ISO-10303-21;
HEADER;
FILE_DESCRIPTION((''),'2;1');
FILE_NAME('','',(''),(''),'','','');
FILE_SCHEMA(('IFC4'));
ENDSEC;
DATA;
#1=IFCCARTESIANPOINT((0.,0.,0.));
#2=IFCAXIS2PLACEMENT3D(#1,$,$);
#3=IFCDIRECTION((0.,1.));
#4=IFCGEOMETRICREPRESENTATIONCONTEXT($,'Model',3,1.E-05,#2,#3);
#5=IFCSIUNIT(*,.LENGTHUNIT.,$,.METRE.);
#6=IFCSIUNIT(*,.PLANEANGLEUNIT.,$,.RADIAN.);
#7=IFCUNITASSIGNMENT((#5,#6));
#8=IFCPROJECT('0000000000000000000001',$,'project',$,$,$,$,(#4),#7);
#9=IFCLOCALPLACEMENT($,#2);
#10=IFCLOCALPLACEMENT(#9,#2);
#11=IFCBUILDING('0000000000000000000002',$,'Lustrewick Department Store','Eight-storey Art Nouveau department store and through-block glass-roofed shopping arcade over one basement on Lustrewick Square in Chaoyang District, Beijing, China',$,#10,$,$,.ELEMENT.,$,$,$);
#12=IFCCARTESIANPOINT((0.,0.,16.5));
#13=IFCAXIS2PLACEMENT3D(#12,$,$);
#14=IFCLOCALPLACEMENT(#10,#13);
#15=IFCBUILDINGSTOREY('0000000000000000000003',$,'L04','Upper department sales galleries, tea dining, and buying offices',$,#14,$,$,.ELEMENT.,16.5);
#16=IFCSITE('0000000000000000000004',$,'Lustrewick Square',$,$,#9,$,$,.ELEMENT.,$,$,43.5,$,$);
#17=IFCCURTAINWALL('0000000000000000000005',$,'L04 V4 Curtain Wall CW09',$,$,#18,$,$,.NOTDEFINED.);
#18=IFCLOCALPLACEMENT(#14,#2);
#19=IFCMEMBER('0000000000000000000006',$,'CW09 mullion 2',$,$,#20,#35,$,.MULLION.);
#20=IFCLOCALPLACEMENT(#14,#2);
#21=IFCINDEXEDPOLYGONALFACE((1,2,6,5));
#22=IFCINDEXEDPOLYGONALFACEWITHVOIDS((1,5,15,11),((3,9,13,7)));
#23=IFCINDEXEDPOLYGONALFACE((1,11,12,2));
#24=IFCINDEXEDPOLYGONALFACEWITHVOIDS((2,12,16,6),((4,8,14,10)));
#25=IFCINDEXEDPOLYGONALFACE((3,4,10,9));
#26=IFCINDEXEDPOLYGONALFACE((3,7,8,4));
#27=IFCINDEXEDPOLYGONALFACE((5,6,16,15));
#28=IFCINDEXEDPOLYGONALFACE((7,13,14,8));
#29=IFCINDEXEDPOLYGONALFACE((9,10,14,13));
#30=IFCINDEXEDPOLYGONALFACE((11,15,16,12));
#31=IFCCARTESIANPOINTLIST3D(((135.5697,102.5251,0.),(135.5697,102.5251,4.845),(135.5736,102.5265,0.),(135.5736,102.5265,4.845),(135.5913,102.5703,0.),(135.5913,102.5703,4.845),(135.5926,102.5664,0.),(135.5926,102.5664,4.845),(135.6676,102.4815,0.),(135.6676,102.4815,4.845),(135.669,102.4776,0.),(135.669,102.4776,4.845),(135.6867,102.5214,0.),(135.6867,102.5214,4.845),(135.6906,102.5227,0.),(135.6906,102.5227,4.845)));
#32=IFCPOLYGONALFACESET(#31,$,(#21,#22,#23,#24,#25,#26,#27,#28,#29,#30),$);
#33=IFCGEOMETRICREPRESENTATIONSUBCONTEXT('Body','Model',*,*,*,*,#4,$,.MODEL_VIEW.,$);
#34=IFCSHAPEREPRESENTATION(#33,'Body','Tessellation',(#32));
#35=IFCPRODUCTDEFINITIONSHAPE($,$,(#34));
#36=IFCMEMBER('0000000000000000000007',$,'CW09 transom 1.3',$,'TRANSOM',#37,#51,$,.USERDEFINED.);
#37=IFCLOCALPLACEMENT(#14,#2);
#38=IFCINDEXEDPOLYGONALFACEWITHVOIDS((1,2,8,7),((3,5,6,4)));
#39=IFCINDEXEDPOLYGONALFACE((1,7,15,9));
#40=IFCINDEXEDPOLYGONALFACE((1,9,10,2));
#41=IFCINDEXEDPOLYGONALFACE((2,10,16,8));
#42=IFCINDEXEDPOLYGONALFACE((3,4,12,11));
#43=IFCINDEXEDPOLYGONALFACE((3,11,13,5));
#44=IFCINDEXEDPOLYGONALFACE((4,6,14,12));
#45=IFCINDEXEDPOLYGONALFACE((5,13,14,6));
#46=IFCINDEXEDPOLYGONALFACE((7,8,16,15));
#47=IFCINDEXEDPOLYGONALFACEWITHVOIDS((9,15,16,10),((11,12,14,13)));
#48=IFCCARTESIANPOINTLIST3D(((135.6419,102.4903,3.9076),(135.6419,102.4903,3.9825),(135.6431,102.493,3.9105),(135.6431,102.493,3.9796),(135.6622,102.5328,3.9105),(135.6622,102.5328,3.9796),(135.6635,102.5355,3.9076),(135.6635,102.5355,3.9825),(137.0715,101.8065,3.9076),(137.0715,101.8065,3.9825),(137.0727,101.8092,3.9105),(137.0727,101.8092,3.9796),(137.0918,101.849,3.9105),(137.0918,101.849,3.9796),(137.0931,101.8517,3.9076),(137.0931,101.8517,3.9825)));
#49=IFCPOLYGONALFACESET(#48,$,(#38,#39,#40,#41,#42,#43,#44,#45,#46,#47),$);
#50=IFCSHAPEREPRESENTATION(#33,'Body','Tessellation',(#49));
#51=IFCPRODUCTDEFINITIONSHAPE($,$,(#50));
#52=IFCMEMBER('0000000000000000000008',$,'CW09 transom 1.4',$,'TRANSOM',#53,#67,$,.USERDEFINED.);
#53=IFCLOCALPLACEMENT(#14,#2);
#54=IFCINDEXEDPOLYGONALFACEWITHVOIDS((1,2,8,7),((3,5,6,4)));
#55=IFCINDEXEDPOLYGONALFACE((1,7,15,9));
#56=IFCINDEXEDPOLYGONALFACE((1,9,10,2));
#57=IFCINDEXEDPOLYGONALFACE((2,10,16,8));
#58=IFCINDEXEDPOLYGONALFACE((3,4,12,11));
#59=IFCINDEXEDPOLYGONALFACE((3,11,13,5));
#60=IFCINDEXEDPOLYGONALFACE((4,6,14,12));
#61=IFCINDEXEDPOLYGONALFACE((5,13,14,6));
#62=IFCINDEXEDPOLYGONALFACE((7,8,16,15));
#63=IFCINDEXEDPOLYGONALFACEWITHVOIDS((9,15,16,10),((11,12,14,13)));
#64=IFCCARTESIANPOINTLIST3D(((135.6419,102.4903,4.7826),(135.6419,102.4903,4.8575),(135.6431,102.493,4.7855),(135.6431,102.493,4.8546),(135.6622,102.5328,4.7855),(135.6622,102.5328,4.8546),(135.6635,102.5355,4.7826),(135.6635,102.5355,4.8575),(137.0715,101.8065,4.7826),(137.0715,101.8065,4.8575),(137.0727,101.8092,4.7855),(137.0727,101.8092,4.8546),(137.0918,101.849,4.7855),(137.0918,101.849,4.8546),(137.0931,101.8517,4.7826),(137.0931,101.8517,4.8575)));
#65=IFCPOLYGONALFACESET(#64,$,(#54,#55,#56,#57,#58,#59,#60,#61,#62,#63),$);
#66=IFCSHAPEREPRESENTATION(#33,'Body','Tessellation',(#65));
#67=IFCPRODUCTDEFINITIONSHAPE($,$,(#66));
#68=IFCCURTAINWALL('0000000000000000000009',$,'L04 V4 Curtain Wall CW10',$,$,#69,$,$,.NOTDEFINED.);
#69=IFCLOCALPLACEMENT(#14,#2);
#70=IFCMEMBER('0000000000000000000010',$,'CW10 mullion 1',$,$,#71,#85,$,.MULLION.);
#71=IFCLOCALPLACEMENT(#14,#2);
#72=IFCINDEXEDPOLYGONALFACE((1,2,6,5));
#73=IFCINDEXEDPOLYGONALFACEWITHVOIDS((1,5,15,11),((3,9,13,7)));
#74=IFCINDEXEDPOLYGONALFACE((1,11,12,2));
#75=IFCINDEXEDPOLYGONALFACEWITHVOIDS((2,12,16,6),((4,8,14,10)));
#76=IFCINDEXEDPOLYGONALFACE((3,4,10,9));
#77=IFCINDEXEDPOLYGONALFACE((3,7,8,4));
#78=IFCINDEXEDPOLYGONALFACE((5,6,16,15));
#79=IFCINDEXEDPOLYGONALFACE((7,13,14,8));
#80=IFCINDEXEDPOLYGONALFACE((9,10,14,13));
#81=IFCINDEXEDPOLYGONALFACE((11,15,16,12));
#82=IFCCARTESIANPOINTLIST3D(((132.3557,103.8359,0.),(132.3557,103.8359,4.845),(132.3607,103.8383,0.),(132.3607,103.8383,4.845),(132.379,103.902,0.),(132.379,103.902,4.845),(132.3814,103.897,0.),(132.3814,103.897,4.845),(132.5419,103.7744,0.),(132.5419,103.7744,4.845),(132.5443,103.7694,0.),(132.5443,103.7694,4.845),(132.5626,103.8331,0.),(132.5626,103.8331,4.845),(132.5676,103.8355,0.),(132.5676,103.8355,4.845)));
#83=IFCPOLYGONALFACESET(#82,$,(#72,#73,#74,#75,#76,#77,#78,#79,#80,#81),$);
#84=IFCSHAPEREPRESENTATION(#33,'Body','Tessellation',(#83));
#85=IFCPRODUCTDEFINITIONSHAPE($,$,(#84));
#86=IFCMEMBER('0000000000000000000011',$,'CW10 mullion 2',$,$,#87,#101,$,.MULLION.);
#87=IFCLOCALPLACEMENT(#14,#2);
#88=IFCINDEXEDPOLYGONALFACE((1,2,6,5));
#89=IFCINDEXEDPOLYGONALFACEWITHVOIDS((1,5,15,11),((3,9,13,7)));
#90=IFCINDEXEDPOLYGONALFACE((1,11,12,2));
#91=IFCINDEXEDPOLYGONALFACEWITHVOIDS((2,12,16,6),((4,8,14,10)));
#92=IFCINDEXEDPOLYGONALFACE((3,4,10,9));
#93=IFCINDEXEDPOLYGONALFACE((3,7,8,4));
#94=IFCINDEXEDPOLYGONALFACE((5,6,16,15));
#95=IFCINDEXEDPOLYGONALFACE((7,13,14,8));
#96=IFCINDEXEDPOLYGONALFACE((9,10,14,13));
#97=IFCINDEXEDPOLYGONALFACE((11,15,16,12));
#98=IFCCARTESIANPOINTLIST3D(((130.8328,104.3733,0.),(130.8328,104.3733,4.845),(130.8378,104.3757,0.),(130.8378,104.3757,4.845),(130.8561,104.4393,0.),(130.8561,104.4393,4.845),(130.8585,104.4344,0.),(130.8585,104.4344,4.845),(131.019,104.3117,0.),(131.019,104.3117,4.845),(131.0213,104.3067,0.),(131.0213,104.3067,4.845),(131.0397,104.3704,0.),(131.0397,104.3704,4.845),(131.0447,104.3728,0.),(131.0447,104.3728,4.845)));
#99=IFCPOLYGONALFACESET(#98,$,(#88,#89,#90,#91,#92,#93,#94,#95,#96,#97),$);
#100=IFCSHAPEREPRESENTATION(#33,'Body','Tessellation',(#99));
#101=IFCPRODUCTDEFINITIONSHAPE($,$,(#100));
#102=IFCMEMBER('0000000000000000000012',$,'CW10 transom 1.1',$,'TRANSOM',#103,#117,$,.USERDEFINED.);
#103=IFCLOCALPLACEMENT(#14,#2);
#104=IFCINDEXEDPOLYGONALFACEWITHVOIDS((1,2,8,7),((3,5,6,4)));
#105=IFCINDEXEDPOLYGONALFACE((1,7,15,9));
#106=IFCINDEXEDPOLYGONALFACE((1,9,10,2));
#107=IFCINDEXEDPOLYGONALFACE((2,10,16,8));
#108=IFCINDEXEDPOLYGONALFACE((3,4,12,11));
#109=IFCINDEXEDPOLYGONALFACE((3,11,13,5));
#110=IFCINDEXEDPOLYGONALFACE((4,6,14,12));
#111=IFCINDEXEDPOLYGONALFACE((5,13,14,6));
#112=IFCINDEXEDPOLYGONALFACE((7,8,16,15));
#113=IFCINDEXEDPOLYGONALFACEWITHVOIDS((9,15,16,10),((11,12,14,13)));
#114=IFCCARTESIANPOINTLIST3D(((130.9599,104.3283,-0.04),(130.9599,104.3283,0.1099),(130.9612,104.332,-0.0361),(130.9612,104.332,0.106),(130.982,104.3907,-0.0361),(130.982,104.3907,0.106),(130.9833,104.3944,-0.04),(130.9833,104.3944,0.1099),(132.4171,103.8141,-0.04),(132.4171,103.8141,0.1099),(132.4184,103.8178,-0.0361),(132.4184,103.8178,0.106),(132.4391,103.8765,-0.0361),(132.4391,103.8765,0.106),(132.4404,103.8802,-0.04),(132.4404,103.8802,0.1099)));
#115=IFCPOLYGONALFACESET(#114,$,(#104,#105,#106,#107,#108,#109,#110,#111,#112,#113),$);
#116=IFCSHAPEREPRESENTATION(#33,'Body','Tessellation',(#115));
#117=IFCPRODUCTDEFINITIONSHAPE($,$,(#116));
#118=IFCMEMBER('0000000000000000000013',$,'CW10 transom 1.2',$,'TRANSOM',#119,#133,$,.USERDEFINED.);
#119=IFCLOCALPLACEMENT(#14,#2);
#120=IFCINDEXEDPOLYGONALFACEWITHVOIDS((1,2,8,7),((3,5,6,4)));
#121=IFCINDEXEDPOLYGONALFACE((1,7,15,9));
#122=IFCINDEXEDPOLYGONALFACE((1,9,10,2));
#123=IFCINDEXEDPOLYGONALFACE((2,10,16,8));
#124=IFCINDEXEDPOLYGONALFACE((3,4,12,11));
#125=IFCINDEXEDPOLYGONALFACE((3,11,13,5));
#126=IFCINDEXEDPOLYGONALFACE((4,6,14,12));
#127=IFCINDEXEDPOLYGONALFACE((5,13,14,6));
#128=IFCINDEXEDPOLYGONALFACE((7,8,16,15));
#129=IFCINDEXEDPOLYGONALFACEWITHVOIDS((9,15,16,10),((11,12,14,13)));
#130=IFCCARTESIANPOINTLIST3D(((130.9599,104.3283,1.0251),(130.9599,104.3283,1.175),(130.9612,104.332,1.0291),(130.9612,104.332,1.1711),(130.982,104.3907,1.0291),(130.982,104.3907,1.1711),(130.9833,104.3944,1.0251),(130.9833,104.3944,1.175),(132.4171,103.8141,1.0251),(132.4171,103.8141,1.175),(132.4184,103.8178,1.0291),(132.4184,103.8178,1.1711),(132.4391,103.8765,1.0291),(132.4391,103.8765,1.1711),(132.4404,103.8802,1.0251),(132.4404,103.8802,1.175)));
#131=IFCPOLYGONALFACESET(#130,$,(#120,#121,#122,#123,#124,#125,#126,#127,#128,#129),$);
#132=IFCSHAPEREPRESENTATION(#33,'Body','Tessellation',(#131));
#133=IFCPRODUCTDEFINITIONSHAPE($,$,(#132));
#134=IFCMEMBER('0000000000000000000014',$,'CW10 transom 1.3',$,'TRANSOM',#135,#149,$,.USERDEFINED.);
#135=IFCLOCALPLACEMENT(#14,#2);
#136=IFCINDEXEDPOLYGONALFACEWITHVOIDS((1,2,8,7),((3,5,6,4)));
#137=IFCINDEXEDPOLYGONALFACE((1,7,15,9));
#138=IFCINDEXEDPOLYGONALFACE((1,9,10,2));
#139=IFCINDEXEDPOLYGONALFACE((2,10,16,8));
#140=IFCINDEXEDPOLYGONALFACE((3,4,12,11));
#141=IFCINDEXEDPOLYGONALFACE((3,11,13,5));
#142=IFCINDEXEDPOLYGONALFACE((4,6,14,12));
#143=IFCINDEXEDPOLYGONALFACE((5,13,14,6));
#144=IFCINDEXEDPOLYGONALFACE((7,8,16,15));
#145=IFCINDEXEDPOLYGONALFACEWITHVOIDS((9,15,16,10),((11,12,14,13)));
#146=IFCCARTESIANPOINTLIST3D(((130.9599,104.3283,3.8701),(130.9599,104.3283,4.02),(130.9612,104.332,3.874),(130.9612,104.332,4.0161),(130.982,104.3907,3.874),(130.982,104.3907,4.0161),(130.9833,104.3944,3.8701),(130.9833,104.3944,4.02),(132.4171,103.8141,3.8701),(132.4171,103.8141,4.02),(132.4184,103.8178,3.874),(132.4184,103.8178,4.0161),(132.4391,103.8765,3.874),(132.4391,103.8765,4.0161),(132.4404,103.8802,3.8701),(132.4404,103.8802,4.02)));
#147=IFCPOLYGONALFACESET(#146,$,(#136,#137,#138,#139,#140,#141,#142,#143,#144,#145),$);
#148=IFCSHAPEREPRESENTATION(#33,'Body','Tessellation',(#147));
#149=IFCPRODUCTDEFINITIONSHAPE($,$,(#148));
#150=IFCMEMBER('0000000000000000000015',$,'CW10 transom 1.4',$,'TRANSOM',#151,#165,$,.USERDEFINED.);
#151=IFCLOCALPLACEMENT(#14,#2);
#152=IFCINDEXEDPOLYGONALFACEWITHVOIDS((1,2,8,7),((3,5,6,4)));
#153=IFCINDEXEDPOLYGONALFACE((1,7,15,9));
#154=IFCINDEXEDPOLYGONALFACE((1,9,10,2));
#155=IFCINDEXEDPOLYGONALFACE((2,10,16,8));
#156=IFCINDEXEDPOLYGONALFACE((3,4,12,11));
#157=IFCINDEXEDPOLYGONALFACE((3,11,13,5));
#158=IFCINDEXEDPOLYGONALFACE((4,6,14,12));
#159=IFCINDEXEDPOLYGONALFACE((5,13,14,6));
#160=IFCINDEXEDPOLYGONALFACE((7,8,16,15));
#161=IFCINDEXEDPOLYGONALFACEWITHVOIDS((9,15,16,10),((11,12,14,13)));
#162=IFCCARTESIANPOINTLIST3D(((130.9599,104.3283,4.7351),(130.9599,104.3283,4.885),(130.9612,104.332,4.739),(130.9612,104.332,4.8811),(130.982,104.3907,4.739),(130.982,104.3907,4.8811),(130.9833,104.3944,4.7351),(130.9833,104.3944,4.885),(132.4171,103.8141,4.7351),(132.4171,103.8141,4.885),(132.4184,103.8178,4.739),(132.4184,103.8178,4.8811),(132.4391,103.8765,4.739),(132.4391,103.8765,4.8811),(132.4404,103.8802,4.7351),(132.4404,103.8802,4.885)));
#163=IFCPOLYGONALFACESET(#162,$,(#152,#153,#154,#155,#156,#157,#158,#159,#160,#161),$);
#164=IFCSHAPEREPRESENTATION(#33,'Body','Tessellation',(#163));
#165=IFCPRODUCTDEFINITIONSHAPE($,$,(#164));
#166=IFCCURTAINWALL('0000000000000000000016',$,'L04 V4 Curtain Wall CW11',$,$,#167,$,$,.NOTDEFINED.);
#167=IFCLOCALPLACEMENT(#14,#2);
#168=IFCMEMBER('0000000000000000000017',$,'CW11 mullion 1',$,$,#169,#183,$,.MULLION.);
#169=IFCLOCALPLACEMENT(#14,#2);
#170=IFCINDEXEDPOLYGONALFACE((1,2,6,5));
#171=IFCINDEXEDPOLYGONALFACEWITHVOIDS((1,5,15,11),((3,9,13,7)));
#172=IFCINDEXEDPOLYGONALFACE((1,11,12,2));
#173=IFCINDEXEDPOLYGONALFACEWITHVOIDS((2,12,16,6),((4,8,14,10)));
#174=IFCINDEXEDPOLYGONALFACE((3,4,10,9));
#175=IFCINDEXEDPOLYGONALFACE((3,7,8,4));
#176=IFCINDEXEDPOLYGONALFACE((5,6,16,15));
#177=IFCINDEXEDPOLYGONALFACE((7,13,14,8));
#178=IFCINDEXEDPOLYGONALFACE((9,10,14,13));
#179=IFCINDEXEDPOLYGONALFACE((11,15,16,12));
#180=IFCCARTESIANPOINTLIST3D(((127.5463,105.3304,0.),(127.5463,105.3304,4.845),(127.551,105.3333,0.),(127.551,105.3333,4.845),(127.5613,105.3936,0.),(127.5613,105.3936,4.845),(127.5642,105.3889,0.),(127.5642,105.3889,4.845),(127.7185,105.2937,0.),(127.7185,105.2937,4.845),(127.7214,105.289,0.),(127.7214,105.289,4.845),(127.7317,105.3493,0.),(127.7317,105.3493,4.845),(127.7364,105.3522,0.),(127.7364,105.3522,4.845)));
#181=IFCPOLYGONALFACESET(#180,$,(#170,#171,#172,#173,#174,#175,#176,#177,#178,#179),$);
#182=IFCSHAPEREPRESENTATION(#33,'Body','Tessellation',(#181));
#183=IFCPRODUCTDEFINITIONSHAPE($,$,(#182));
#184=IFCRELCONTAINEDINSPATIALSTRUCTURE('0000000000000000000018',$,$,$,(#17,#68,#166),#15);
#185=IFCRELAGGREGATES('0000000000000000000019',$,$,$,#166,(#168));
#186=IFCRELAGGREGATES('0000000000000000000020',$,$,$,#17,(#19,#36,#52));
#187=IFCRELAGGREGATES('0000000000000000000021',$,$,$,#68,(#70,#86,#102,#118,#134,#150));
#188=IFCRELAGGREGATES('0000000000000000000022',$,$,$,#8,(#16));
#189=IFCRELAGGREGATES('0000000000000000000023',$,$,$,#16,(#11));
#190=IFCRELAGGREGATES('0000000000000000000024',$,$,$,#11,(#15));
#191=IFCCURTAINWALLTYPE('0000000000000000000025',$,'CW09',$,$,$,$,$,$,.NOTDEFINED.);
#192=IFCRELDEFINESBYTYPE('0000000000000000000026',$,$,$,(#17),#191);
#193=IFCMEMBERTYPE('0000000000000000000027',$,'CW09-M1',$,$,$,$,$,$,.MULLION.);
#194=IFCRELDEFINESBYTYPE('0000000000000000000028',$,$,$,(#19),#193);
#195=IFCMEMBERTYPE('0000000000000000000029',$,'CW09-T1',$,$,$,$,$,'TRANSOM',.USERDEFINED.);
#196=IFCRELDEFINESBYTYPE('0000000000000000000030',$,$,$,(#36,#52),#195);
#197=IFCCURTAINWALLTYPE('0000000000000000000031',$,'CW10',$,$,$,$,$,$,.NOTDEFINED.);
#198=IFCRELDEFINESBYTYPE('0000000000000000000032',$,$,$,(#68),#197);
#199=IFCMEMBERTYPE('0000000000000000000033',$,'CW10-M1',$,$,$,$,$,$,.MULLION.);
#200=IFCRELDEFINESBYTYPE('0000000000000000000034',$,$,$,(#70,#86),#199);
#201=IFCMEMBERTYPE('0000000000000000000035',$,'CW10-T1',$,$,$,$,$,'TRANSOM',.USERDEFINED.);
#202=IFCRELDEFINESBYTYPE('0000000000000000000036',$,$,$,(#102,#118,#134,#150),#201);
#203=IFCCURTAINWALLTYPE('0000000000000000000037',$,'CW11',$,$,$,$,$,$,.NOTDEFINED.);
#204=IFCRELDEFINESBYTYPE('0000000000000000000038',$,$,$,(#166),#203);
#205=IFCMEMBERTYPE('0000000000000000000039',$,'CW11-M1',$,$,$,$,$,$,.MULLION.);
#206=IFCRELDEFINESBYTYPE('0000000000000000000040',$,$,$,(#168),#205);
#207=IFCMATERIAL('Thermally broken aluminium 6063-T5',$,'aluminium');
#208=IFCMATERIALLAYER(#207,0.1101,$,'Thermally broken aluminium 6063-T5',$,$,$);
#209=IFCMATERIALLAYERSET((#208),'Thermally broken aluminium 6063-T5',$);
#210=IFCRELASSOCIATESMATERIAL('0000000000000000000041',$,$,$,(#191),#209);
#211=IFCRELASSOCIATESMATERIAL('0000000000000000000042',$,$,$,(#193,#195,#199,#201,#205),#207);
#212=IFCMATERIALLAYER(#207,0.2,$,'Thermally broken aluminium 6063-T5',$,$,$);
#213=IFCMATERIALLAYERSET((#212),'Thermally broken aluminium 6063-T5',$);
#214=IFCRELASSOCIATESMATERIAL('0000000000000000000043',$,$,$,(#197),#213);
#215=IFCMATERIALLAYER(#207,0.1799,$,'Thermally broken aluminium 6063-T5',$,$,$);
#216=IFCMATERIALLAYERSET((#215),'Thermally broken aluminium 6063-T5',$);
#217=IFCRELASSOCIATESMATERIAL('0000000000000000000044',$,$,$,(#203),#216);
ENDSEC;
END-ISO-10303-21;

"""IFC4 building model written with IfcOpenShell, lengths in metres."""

from ifc_helpers import new_model, si_unit, direction, frame, origin, origin_2d, place, context, subcontext, project, spatial, hollow_rectangle, extrude, material, layer, layer_set, material_profile, profile_set, type_object, element, aggregate, save


model = new_model("IFC4")

# Units and contexts
model_context = context("Model", 3, precision=1e-05, world=origin(), true_north=direction((0.0, 1.0)))
body_context = subcontext(model_context, "Body", "Model", "MODEL_VIEW")
ifc_project = project(units=[si_unit("LENGTHUNIT", "METRE"), si_unit("PLANEANGLEUNIT", "RADIAN")], contexts=[model_context])

# Site, building, storey
site_placement = place(None, origin())
site = spatial("IfcSite", under=ifc_project, at=site_placement, Name="Lustrewick Square", CompositionType="ELEMENT", RefElevation=43.5)
building_placement = place(site_placement, origin())
building = spatial("IfcBuilding", under=site, at=building_placement, Name="Lustrewick Department Store", Description="Eight-storey Art Nouveau department store and through-block glass-roofed shopping arcade over one basement on Lustrewick Square in Chaoyang District, Beijing, China", CompositionType="ELEMENT")
storey_placement = place(building_placement, frame((0.0, 0.0, 16.5)))
storey = spatial("IfcBuildingStorey", under=building, at=storey_placement, Name="L04", Description="Upper department sales galleries, tea dining, and buying offices", CompositionType="ELEMENT", Elevation=16.5)

# Curtain walls, members
ifc_material_1 = material(Name="Thermally broken aluminium 6063-T5", Category="aluminium")
ifc_layer_1 = layer(ifc_material_1, 0.1101, Name="Thermally broken aluminium 6063-T5")
ifc_layer_set_1 = layer_set([ifc_layer_1], Name="Thermally broken aluminium 6063-T5")
curtain_wall_type_1 = type_object("IfcCurtainWallType", Name="CW09", PredefinedType="NOTDEFINED", material=ifc_layer_set_1)
curtain_wall_1_placement = place(storey_placement, origin())
curtain_wall_1 = element("IfcCurtainWall", 1, at=curtain_wall_1_placement, inside=storey, type_object=curtain_wall_type_1, Name="L04 V4 Curtain Wall CW09", PredefinedType="NOTDEFINED")
ifc_material_profile_1 = material_profile(ifc_material_1, hollow_rectangle(XDim=0.05, YDim=0.1101, WallThickness=0.0029, at=origin_2d()), Name="ALU-M 50x110x3")
ifc_profile_set_1 = profile_set([ifc_material_profile_1], Name="Thermally broken aluminium 6063-T5")
member_type_1 = type_object("IfcMemberType", Name="CW09-M1", PredefinedType="MULLION", material=ifc_profile_set_1)
member_1_placement = place(storey_placement, frame((135.6301, 102.5239, 0.0), z_axis=(0.0, 0.0, 1.0), x_axis=(-0.431596, -0.902067, 0.0)))
member_1 = element("IfcMember", 2, at=member_1_placement, type_object=member_type_1, Name="CW09 mullion 2", PredefinedType="MULLION", context=body_context, shape_type="SweptSolid", body=[
    extrude(hollow_rectangle(XDim=0.05, YDim=0.1101, WallThickness=0.0029, at=origin_2d()), origin(), (0.0, 0.0, 1.0), 4.845),
])
ifc_material_profile_2 = material_profile(ifc_material_1, hollow_rectangle(XDim=0.05, YDim=0.075, WallThickness=0.0029, at=origin_2d()), Name="ALU-T 50x75x3")
ifc_profile_set_2 = profile_set([ifc_material_profile_2], Name="Thermally broken aluminium 6063-T5")
member_type_2 = type_object("IfcMemberType", Name="CW09-T1", ElementType="TRANSOM", PredefinedType="USERDEFINED", material=ifc_profile_set_2)
member_2_placement = place(storey_placement, frame((137.0823, 101.8291, 3.9451), z_axis=(-0.902116, 0.431494, 0.0), x_axis=(-0.431494, -0.902116, 0.0)))
member_2 = element("IfcMember", 3, at=member_2_placement, type_object=member_type_2, Name="CW09 transom 1.3", ObjectType="TRANSOM", PredefinedType="USERDEFINED", context=body_context, shape_type="SweptSolid", body=[
    extrude(hollow_rectangle(XDim=0.05, YDim=0.075, WallThickness=0.0029, at=origin_2d()), origin(), (0.0, 0.0, 1.0), 1.5847),
])
member_3_placement = place(storey_placement, frame((137.0823, 101.8291, 4.8201), z_axis=(-0.902116, 0.431494, 0.0), x_axis=(-0.431494, -0.902116, 0.0)))
member_3 = element("IfcMember", 4, at=member_3_placement, type_object=member_type_2, Name="CW09 transom 1.4", ObjectType="TRANSOM", PredefinedType="USERDEFINED", context=body_context, shape_type="SweptSolid", body=[
    extrude(hollow_rectangle(XDim=0.05, YDim=0.075, WallThickness=0.0029, at=origin_2d()), origin(), (0.0, 0.0, 1.0), 1.5847),
])
ifc_layer_2 = layer(ifc_material_1, 0.2, Name="Thermally broken aluminium 6063-T5")
ifc_layer_set_2 = layer_set([ifc_layer_2], Name="Thermally broken aluminium 6063-T5")
curtain_wall_type_2 = type_object("IfcCurtainWallType", Name="CW10", PredefinedType="NOTDEFINED", material=ifc_layer_set_2)
curtain_wall_2_placement = place(storey_placement, origin())
curtain_wall_2 = element("IfcCurtainWall", 5, at=curtain_wall_2_placement, inside=storey, type_object=curtain_wall_type_2, Name="L04 V4 Curtain Wall CW10", PredefinedType="NOTDEFINED")
ifc_material_profile_3 = material_profile(ifc_material_1, hollow_rectangle(XDim=0.0701, YDim=0.2, WallThickness=0.0039, at=origin_2d()), Name="ALU-M 70x200x4")
ifc_profile_set_3 = profile_set([ifc_material_profile_3], Name="Thermally broken aluminium 6063-T5")
member_type_3 = type_object("IfcMemberType", Name="CW10-M1", PredefinedType="MULLION", material=ifc_profile_set_3)
member_4_placement = place(storey_placement, frame((132.4617, 103.8357, 0.0), z_axis=(0.0, 0.0, 1.0), x_axis=(-0.332702, -0.943032, 0.0)))
member_4 = element("IfcMember", 6, at=member_4_placement, type_object=member_type_3, Name="CW10 mullion 1", PredefinedType="MULLION", context=body_context, shape_type="SweptSolid", body=[
    extrude(hollow_rectangle(XDim=0.0701, YDim=0.2, WallThickness=0.0039, at=origin_2d()), origin(), (0.0, 0.0, 1.0), 4.845),
])
member_5_placement = place(storey_placement, frame((130.9387, 104.373, 0.0), z_axis=(0.0, 0.0, 1.0), x_axis=(-0.332702, -0.943032, 0.0)))
member_5 = element("IfcMember", 7, at=member_5_placement, type_object=member_type_3, Name="CW10 mullion 2", PredefinedType="MULLION", context=body_context, shape_type="SweptSolid", body=[
    extrude(hollow_rectangle(XDim=0.0701, YDim=0.2, WallThickness=0.0039, at=origin_2d()), origin(), (0.0, 0.0, 1.0), 4.845),
])
ifc_material_profile_4 = material_profile(ifc_material_1, hollow_rectangle(XDim=0.0701, YDim=0.1499, WallThickness=0.0039, at=origin_2d()), Name="ALU-T 70x150x4")
ifc_profile_set_4 = profile_set([ifc_material_profile_4], Name="Thermally broken aluminium 6063-T5")
member_type_4 = type_object("IfcMemberType", Name="CW10-T1", ElementType="TRANSOM", PredefinedType="USERDEFINED", material=ifc_profile_set_4)
member_6_placement = place(storey_placement, frame((132.4287, 103.8472, 0.0349), z_axis=(-0.943008, 0.332771, 0.0), x_axis=(-0.332771, -0.943008, 0.0)))
member_6 = element("IfcMember", 8, at=member_6_placement, type_object=member_type_4, Name="CW10 transom 1.1", ObjectType="TRANSOM", PredefinedType="USERDEFINED", context=body_context, shape_type="SweptSolid", body=[
    extrude(hollow_rectangle(XDim=0.0701, YDim=0.1499, WallThickness=0.0039, at=origin_2d()), origin(), (0.0, 0.0, 1.0), 1.5452),
])
member_7_placement = place(storey_placement, frame((132.4287, 103.8472, 1.1001), z_axis=(-0.943008, 0.332771, 0.0), x_axis=(-0.332771, -0.943008, 0.0)))
member_7 = element("IfcMember", 9, at=member_7_placement, type_object=member_type_4, Name="CW10 transom 1.2", ObjectType="TRANSOM", PredefinedType="USERDEFINED", context=body_context, shape_type="SweptSolid", body=[
    extrude(hollow_rectangle(XDim=0.0701, YDim=0.1499, WallThickness=0.0039, at=origin_2d()), origin(), (0.0, 0.0, 1.0), 1.5452),
])
member_8_placement = place(storey_placement, frame((132.4287, 103.8472, 3.9451), z_axis=(-0.943008, 0.332771, 0.0), x_axis=(-0.332771, -0.943008, 0.0)))
member_8 = element("IfcMember", 10, at=member_8_placement, type_object=member_type_4, Name="CW10 transom 1.3", ObjectType="TRANSOM", PredefinedType="USERDEFINED", context=body_context, shape_type="SweptSolid", body=[
    extrude(hollow_rectangle(XDim=0.0701, YDim=0.1499, WallThickness=0.0039, at=origin_2d()), origin(), (0.0, 0.0, 1.0), 1.5452),
])
member_9_placement = place(storey_placement, frame((132.4287, 103.8472, 4.8101), z_axis=(-0.943008, 0.332771, 0.0), x_axis=(-0.332771, -0.943008, 0.0)))
member_9 = element("IfcMember", 11, at=member_9_placement, type_object=member_type_4, Name="CW10 transom 1.4", ObjectType="TRANSOM", PredefinedType="USERDEFINED", context=body_context, shape_type="SweptSolid", body=[
    extrude(hollow_rectangle(XDim=0.0701, YDim=0.1499, WallThickness=0.0039, at=origin_2d()), origin(), (0.0, 0.0, 1.0), 1.5452),
])
ifc_layer_3 = layer(ifc_material_1, 0.1799, Name="Thermally broken aluminium 6063-T5")
ifc_layer_set_3 = layer_set([ifc_layer_3], Name="Thermally broken aluminium 6063-T5")
curtain_wall_type_3 = type_object("IfcCurtainWallType", Name="CW11", PredefinedType="NOTDEFINED", material=ifc_layer_set_3)
curtain_wall_3_placement = place(storey_placement, origin())
curtain_wall_3 = element("IfcCurtainWall", 12, at=curtain_wall_3_placement, inside=storey, type_object=curtain_wall_type_3, Name="L04 V4 Curtain Wall CW11", PredefinedType="NOTDEFINED")
ifc_material_profile_5 = material_profile(ifc_material_1, hollow_rectangle(XDim=0.0649, YDim=0.1799, WallThickness=0.0039, at=origin_2d()), Name="ALU-M 65x180x4")
ifc_profile_set_5 = profile_set([ifc_material_profile_5], Name="Thermally broken aluminium 6063-T5")
member_type_5 = type_object("IfcMemberType", Name="CW11-M1", PredefinedType="MULLION", material=ifc_profile_set_5)
member_10_placement = place(storey_placement, frame((127.6414, 105.3413, 0.0), z_axis=(0.0, 0.0, 1.0), x_axis=(-0.229975, -0.973196, 0.0)))
member_10 = element("IfcMember", 13, at=member_10_placement, type_object=member_type_5, Name="CW11 mullion 1", PredefinedType="MULLION", context=body_context, shape_type="SweptSolid", body=[
    extrude(hollow_rectangle(XDim=0.0649, YDim=0.1799, WallThickness=0.0039, at=origin_2d()), origin(), (0.0, 0.0, 1.0), 4.845),
])

aggregate(curtain_wall_3, [member_10])
aggregate(curtain_wall_1, [member_1, member_2, member_3])
aggregate(curtain_wall_2, [member_4, member_5, member_6, member_7, member_8, member_9])

save(model, "model.ifc")
